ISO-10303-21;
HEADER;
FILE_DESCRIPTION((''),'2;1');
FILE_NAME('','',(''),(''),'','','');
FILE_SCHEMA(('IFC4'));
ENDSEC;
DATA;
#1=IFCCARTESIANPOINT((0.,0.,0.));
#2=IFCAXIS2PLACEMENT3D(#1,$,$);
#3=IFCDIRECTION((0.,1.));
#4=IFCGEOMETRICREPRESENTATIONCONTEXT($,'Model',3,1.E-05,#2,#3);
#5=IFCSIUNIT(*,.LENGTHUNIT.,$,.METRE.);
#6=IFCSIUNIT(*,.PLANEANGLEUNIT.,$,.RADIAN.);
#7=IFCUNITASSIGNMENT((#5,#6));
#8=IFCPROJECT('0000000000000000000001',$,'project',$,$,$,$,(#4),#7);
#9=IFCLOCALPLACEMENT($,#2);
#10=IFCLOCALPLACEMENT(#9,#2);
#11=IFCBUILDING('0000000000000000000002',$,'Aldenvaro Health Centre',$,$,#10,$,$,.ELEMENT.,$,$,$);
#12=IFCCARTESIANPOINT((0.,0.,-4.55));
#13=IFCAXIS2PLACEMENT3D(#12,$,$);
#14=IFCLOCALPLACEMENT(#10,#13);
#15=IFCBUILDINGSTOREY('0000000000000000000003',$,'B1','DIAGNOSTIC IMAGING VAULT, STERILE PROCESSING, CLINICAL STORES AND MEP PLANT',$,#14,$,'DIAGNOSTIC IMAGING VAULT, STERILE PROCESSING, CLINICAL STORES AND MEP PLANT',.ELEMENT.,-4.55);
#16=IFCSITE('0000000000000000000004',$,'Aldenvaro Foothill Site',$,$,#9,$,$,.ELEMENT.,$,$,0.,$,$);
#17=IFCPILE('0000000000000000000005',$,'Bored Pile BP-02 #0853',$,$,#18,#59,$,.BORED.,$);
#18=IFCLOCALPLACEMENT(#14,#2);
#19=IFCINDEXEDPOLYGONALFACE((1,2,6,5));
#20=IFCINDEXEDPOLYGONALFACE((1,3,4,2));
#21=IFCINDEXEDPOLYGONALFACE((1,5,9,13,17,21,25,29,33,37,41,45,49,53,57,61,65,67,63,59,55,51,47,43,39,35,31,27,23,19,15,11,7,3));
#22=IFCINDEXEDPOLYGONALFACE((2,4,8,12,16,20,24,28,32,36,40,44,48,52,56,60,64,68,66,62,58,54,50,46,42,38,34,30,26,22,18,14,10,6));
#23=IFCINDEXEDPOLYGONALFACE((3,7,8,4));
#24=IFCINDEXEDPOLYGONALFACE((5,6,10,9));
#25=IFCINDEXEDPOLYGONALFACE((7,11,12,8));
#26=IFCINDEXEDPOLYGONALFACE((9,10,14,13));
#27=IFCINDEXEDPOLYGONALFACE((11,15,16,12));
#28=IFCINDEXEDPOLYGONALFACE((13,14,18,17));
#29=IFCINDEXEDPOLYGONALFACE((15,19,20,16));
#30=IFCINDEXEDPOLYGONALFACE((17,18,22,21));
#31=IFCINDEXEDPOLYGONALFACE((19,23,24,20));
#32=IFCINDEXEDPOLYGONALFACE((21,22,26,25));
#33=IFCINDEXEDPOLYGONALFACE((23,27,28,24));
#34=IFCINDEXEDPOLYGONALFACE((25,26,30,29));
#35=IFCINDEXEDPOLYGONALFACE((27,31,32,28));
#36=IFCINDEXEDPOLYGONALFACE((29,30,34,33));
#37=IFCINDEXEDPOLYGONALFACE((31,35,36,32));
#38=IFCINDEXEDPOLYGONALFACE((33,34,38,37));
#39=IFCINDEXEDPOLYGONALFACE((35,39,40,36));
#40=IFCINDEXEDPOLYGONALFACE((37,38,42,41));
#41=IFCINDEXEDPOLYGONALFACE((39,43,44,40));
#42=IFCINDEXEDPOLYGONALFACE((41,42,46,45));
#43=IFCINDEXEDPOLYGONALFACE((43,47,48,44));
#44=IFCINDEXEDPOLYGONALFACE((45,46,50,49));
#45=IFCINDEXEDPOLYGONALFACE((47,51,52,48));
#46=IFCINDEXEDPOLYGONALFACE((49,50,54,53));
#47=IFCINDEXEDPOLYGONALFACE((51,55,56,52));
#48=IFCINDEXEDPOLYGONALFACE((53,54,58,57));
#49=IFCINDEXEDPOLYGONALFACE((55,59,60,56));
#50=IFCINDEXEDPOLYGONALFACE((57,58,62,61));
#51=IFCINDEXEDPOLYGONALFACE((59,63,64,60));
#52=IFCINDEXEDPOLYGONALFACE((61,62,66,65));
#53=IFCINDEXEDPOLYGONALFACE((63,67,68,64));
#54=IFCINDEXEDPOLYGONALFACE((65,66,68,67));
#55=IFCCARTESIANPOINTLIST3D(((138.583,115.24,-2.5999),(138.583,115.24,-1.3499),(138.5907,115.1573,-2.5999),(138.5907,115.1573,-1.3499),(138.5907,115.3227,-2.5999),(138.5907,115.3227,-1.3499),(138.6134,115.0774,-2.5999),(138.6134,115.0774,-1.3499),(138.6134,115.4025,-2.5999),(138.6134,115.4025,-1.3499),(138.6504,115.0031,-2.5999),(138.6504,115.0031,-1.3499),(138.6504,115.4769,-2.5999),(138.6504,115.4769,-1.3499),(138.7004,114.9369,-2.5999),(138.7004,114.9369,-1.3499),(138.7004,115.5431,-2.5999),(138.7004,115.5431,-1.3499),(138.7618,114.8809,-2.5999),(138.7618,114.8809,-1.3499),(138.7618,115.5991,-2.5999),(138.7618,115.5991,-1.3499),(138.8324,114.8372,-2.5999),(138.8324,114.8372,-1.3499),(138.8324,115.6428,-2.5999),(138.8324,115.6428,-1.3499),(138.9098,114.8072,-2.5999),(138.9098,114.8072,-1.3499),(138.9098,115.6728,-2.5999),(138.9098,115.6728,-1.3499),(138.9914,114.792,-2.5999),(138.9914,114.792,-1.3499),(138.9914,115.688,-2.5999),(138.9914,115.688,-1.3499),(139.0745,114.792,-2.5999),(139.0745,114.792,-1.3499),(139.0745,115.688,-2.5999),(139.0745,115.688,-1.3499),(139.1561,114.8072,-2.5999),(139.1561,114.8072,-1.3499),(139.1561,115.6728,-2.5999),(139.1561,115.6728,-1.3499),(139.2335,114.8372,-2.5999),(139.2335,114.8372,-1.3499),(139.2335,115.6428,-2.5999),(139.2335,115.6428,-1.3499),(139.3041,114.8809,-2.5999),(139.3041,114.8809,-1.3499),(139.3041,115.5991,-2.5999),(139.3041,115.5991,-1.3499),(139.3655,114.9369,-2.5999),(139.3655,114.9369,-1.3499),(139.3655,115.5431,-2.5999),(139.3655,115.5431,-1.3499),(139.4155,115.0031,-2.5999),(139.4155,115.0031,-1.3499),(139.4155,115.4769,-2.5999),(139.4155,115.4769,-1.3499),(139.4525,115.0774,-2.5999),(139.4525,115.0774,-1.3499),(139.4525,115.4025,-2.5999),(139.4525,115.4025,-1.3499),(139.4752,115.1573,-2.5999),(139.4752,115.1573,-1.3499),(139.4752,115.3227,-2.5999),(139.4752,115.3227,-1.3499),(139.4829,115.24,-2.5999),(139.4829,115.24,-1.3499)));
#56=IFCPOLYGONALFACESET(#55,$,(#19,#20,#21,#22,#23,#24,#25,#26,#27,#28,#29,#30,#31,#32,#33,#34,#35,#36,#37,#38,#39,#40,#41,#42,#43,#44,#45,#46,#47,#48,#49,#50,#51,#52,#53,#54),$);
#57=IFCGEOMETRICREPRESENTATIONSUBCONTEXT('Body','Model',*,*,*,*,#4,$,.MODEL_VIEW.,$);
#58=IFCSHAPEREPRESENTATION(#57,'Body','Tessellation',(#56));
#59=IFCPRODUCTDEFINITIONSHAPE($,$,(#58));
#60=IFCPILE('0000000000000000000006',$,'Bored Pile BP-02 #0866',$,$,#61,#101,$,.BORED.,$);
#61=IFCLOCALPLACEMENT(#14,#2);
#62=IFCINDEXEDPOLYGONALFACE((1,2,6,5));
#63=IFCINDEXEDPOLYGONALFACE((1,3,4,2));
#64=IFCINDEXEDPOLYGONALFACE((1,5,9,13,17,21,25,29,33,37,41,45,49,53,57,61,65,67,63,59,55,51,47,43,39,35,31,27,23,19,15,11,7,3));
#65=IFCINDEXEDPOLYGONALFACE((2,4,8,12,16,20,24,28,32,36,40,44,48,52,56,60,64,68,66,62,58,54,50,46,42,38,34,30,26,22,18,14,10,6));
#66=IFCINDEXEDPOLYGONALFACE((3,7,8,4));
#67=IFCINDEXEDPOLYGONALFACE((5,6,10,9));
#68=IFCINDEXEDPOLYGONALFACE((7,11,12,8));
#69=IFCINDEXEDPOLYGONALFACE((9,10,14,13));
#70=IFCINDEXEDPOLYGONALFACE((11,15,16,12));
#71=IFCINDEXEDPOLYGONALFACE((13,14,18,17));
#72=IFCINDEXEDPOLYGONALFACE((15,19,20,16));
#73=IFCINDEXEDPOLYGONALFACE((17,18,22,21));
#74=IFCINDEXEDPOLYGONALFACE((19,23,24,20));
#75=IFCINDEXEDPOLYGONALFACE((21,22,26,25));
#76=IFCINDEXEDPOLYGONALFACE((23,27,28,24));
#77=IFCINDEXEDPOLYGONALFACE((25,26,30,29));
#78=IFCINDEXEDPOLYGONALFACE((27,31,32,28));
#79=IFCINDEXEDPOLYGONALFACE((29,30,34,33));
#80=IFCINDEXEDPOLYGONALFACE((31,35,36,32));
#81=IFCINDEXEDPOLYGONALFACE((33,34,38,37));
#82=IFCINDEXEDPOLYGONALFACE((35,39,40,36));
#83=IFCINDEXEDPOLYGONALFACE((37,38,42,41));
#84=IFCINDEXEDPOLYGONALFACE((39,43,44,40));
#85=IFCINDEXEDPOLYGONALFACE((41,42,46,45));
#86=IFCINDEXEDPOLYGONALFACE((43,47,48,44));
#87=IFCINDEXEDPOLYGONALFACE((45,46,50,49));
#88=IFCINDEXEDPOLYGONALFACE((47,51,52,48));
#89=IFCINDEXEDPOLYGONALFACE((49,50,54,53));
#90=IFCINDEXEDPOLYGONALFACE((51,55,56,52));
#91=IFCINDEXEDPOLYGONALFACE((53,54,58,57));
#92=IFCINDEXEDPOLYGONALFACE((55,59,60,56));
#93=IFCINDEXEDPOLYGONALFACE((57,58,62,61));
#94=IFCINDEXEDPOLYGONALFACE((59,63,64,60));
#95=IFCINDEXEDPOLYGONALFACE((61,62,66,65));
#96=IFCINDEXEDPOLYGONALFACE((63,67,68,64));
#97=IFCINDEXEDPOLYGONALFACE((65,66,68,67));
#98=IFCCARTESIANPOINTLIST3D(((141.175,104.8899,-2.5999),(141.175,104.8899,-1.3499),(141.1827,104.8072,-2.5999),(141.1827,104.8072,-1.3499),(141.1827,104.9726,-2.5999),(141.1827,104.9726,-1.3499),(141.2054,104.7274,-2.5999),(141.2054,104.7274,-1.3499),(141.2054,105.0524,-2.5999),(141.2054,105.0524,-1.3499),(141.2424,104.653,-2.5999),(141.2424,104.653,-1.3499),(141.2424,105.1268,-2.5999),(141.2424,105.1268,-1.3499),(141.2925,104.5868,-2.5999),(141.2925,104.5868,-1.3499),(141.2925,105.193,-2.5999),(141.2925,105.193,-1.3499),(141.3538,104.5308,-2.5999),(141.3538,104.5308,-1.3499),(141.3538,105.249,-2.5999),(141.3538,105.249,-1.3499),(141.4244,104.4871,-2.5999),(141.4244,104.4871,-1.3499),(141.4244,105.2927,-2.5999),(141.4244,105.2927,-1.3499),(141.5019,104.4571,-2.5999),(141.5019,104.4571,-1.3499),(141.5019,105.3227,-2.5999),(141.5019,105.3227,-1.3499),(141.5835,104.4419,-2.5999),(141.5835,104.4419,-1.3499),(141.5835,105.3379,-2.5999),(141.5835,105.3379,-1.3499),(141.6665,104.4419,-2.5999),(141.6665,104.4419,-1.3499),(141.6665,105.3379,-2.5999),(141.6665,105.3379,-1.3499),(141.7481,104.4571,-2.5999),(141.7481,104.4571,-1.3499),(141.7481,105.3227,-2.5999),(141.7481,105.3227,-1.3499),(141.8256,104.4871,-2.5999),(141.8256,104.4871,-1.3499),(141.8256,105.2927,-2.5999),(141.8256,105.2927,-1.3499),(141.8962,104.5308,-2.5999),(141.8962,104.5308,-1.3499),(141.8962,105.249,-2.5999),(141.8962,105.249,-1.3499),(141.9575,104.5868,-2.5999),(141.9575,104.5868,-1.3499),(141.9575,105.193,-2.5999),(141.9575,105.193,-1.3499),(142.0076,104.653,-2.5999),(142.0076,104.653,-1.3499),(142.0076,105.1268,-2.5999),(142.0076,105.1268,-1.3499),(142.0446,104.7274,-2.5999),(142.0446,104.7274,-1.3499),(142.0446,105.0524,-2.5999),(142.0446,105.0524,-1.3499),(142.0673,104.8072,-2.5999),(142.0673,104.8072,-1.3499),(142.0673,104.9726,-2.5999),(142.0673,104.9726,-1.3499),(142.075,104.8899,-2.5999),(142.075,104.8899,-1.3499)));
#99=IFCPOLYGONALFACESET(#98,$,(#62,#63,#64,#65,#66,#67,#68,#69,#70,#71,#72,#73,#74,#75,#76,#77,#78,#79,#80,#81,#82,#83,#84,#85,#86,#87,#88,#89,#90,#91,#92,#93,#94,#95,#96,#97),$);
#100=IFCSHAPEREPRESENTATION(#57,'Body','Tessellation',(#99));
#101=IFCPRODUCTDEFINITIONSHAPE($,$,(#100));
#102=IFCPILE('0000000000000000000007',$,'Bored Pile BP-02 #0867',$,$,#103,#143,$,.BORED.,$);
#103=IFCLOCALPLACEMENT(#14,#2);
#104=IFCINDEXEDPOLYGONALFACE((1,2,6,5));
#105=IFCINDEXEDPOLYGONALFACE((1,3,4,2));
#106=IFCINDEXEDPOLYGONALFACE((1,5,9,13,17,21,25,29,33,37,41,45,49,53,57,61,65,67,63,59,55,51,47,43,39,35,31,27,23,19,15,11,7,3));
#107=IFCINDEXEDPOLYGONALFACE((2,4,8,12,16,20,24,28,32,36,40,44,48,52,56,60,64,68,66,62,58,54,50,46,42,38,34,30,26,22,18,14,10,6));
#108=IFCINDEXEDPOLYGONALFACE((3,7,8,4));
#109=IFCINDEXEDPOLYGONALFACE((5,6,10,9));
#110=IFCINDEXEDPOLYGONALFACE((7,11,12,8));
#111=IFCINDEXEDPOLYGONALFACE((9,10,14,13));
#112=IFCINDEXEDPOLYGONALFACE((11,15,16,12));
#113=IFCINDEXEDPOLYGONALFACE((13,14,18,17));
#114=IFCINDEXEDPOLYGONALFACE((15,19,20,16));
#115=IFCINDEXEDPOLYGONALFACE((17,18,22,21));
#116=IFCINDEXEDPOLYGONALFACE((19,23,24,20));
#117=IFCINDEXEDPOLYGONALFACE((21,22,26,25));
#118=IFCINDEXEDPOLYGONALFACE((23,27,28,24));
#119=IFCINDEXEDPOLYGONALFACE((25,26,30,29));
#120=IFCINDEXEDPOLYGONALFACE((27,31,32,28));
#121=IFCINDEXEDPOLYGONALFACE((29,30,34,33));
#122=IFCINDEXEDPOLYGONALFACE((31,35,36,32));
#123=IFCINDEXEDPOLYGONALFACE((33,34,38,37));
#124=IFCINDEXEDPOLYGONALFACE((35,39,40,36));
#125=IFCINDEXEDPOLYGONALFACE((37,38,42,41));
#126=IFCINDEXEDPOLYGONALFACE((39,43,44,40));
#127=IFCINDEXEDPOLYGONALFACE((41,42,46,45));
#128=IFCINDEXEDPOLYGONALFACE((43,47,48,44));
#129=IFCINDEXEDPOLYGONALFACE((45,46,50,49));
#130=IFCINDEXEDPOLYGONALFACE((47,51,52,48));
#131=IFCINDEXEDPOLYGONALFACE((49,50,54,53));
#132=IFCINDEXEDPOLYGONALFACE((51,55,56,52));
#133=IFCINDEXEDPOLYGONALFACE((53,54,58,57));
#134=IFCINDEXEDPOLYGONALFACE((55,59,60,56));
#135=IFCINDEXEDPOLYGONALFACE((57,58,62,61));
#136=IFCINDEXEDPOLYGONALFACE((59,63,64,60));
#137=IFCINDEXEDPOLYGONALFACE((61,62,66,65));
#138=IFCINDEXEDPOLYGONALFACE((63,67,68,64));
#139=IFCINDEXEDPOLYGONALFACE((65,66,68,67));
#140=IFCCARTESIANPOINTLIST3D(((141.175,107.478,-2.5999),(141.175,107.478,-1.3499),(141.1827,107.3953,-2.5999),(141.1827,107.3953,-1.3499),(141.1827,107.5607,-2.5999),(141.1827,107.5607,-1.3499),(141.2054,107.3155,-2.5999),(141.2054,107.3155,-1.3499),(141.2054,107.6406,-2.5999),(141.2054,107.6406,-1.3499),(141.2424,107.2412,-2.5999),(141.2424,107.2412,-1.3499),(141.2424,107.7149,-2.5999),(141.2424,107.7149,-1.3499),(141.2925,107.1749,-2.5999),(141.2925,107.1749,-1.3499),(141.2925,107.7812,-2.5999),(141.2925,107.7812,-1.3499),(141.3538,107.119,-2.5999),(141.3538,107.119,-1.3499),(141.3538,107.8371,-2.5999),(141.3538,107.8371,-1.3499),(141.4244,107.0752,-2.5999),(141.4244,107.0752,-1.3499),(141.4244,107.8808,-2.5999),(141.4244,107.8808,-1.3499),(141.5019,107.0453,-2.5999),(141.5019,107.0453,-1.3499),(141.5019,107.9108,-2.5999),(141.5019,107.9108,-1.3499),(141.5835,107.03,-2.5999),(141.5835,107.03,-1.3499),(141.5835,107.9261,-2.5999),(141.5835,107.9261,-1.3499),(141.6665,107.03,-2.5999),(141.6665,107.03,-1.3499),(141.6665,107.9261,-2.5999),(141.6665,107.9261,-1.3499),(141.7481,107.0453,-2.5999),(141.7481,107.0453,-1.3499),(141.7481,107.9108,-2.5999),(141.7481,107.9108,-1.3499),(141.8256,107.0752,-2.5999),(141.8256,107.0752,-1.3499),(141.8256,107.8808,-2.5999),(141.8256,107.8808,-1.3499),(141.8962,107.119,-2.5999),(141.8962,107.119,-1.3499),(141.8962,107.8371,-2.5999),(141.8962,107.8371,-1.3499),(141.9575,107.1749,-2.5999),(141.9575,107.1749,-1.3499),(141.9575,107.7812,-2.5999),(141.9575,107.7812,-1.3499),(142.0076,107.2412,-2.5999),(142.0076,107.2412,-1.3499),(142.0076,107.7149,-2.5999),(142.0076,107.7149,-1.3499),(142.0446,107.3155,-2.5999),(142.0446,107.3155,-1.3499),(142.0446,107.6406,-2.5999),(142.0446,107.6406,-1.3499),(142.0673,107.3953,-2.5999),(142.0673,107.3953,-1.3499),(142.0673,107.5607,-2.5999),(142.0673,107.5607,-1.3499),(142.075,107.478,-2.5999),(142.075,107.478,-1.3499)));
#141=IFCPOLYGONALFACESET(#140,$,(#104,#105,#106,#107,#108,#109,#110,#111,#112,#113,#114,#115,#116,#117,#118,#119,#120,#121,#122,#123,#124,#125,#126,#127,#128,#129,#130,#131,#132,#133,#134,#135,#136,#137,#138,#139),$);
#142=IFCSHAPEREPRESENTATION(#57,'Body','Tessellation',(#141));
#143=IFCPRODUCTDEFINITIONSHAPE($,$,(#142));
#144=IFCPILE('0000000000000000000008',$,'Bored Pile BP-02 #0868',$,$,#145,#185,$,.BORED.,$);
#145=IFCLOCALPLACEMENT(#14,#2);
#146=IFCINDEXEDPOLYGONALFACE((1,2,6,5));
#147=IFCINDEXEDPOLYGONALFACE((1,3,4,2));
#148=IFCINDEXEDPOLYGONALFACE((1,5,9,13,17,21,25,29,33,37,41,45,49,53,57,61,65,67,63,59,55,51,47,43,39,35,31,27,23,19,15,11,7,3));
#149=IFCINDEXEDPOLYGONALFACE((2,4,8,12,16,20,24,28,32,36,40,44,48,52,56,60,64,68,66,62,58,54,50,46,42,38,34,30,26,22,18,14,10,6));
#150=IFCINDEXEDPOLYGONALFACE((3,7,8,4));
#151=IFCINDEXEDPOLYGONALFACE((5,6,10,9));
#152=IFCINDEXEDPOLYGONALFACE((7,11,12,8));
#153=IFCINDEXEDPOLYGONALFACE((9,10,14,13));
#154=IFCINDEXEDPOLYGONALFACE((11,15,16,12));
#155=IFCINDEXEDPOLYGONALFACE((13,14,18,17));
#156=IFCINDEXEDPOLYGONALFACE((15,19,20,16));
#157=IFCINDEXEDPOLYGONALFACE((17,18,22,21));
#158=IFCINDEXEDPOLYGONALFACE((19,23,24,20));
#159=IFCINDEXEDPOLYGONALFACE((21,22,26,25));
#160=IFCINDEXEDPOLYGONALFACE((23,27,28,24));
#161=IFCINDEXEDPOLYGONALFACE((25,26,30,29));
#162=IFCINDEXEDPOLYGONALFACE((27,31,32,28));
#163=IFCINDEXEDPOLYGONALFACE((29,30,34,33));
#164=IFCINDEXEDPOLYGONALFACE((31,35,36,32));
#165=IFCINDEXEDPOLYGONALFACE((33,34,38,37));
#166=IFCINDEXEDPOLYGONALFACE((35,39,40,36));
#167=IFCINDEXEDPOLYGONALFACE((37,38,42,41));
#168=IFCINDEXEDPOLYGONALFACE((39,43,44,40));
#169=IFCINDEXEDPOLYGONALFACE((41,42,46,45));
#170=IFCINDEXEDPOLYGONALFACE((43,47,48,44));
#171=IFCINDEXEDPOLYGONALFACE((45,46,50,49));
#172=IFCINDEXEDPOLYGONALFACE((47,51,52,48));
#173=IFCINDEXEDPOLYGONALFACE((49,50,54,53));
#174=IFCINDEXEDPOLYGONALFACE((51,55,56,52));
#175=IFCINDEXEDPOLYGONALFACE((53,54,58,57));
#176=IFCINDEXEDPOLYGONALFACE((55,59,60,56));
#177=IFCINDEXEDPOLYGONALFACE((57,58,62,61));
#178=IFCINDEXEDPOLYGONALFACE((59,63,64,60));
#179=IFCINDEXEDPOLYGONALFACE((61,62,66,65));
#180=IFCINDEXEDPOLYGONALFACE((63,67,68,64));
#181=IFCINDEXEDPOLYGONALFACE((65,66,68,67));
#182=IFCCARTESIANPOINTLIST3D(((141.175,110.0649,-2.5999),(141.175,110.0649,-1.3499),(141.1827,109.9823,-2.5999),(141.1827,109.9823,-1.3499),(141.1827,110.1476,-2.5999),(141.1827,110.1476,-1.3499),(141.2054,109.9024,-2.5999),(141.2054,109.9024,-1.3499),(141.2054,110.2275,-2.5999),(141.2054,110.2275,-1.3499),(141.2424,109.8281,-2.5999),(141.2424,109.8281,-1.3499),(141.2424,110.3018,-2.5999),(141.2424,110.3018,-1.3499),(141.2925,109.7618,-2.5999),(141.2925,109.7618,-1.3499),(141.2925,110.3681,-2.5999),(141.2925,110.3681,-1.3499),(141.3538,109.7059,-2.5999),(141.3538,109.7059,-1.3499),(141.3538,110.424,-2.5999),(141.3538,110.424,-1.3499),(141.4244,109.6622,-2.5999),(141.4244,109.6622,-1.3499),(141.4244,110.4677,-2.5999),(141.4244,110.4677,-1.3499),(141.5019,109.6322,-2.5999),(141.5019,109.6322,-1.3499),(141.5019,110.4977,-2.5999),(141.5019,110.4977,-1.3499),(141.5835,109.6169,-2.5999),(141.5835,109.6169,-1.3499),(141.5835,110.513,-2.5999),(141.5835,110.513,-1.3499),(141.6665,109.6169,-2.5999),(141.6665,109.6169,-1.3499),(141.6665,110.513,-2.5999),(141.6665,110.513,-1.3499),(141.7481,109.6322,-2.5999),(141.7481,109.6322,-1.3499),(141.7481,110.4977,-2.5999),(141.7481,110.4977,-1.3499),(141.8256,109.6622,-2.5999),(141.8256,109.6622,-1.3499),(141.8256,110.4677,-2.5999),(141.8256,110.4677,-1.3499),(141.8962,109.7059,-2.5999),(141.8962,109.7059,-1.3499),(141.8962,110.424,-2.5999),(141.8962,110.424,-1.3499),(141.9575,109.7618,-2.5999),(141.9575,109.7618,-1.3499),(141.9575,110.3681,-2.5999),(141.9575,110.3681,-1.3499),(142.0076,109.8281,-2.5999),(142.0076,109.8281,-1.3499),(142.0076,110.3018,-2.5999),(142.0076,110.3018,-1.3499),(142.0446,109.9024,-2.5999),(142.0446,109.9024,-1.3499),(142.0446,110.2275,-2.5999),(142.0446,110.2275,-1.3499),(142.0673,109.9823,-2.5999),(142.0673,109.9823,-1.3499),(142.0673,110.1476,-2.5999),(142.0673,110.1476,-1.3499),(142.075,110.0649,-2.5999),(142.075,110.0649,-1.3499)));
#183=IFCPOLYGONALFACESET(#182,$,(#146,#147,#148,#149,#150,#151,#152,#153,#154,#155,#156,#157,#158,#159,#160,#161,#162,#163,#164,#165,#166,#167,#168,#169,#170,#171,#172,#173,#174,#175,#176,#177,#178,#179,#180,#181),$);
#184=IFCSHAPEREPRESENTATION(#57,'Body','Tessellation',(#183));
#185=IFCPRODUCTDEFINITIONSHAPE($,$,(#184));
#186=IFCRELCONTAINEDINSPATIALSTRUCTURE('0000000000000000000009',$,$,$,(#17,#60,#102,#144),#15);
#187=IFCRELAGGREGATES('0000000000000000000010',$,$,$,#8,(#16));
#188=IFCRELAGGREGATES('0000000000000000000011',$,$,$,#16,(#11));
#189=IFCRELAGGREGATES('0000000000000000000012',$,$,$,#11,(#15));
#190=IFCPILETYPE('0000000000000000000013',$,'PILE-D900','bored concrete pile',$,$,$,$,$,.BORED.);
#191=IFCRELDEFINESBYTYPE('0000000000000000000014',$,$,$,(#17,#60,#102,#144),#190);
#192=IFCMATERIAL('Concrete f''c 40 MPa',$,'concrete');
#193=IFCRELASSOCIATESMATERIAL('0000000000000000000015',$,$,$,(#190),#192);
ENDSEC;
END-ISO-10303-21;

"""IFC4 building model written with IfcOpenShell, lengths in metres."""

from ifc_helpers import new_model, si_unit, direction, frame, origin, origin_2d, place, context, subcontext, project, spatial, circle, extrude, material, material_profile, profile_set, type_object, element, save


model = new_model("IFC4")

# Units and contexts
model_context = context("Model", 3, precision=1e-05, world=origin(), true_north=direction((0.0, 1.0)))
body_context = subcontext(model_context, "Body", "Model", "MODEL_VIEW")
ifc_project = project(units=[si_unit("LENGTHUNIT", "METRE"), si_unit("PLANEANGLEUNIT", "RADIAN")], contexts=[model_context])

# Site, building, storey
site_placement = place(None, origin())
site = spatial("IfcSite", under=ifc_project, at=site_placement, Name="Aldenvaro Foothill Site", CompositionType="ELEMENT", RefElevation=0.0)
building_placement = place(site_placement, origin())
building = spatial("IfcBuilding", under=site, at=building_placement, Name="Aldenvaro Health Centre", CompositionType="ELEMENT")
storey_placement = place(building_placement, frame((0.0, 0.0, -4.55)))
storey = spatial("IfcBuildingStorey", under=building, at=storey_placement, Name="B1", Description="DIAGNOSTIC IMAGING VAULT, STERILE PROCESSING, CLINICAL STORES AND MEP PLANT", LongName="DIAGNOSTIC IMAGING VAULT, STERILE PROCESSING, CLINICAL STORES AND MEP PLANT", CompositionType="ELEMENT", Elevation=-4.55)

# Piles
ifc_material_1 = material(Name="Concrete f'c 40 MPa", Category="concrete")
ifc_material_profile_1 = material_profile(ifc_material_1, circle(Radius=0.45, at=origin_2d()), Name="PILE D900", Category="concrete")
ifc_profile_set_1 = profile_set([ifc_material_profile_1], Name="Concrete f'c 40 MPa")
pile_type = type_object("IfcPileType", Name="PILE-D900", Description="bored concrete pile", PredefinedType="BORED", material=ifc_profile_set_1)
for number, where, z_axis, x_axis, name in (
    (1, (139.033, 115.24, -1.3499), (0.0, 0.0, -1.0), (1.0, 0.0, 0.0), "Bored Pile BP-02 #0853"),
    (2, (141.625, 104.8899, -1.3499), (0.0, 0.0, -1.0), (1.0, 0.0, 0.0), "Bored Pile BP-02 #0866"),
    (3, (141.625, 107.478, -1.3499), (0.0, 0.0, -1.0), (1.0, 0.0, 0.0), "Bored Pile BP-02 #0867"),
    (4, (141.625, 110.0649, -1.3499), (0.0, 0.0, -1.0), (1.0, 0.0, 0.0), "Bored Pile BP-02 #0868"),
):
    element("IfcPile", number, at=place(storey_placement, frame(where, z_axis=z_axis, x_axis=x_axis)), inside=storey, type_object=pile_type, Name=name, PredefinedType="BORED", context=body_context, shape_type="SweptSolid", body=[
        extrude(circle(Radius=0.45, at=origin_2d()), origin(), (0.0, 0.0, 1.0), 1.25),
    ])

save(model, "model.ifc")
